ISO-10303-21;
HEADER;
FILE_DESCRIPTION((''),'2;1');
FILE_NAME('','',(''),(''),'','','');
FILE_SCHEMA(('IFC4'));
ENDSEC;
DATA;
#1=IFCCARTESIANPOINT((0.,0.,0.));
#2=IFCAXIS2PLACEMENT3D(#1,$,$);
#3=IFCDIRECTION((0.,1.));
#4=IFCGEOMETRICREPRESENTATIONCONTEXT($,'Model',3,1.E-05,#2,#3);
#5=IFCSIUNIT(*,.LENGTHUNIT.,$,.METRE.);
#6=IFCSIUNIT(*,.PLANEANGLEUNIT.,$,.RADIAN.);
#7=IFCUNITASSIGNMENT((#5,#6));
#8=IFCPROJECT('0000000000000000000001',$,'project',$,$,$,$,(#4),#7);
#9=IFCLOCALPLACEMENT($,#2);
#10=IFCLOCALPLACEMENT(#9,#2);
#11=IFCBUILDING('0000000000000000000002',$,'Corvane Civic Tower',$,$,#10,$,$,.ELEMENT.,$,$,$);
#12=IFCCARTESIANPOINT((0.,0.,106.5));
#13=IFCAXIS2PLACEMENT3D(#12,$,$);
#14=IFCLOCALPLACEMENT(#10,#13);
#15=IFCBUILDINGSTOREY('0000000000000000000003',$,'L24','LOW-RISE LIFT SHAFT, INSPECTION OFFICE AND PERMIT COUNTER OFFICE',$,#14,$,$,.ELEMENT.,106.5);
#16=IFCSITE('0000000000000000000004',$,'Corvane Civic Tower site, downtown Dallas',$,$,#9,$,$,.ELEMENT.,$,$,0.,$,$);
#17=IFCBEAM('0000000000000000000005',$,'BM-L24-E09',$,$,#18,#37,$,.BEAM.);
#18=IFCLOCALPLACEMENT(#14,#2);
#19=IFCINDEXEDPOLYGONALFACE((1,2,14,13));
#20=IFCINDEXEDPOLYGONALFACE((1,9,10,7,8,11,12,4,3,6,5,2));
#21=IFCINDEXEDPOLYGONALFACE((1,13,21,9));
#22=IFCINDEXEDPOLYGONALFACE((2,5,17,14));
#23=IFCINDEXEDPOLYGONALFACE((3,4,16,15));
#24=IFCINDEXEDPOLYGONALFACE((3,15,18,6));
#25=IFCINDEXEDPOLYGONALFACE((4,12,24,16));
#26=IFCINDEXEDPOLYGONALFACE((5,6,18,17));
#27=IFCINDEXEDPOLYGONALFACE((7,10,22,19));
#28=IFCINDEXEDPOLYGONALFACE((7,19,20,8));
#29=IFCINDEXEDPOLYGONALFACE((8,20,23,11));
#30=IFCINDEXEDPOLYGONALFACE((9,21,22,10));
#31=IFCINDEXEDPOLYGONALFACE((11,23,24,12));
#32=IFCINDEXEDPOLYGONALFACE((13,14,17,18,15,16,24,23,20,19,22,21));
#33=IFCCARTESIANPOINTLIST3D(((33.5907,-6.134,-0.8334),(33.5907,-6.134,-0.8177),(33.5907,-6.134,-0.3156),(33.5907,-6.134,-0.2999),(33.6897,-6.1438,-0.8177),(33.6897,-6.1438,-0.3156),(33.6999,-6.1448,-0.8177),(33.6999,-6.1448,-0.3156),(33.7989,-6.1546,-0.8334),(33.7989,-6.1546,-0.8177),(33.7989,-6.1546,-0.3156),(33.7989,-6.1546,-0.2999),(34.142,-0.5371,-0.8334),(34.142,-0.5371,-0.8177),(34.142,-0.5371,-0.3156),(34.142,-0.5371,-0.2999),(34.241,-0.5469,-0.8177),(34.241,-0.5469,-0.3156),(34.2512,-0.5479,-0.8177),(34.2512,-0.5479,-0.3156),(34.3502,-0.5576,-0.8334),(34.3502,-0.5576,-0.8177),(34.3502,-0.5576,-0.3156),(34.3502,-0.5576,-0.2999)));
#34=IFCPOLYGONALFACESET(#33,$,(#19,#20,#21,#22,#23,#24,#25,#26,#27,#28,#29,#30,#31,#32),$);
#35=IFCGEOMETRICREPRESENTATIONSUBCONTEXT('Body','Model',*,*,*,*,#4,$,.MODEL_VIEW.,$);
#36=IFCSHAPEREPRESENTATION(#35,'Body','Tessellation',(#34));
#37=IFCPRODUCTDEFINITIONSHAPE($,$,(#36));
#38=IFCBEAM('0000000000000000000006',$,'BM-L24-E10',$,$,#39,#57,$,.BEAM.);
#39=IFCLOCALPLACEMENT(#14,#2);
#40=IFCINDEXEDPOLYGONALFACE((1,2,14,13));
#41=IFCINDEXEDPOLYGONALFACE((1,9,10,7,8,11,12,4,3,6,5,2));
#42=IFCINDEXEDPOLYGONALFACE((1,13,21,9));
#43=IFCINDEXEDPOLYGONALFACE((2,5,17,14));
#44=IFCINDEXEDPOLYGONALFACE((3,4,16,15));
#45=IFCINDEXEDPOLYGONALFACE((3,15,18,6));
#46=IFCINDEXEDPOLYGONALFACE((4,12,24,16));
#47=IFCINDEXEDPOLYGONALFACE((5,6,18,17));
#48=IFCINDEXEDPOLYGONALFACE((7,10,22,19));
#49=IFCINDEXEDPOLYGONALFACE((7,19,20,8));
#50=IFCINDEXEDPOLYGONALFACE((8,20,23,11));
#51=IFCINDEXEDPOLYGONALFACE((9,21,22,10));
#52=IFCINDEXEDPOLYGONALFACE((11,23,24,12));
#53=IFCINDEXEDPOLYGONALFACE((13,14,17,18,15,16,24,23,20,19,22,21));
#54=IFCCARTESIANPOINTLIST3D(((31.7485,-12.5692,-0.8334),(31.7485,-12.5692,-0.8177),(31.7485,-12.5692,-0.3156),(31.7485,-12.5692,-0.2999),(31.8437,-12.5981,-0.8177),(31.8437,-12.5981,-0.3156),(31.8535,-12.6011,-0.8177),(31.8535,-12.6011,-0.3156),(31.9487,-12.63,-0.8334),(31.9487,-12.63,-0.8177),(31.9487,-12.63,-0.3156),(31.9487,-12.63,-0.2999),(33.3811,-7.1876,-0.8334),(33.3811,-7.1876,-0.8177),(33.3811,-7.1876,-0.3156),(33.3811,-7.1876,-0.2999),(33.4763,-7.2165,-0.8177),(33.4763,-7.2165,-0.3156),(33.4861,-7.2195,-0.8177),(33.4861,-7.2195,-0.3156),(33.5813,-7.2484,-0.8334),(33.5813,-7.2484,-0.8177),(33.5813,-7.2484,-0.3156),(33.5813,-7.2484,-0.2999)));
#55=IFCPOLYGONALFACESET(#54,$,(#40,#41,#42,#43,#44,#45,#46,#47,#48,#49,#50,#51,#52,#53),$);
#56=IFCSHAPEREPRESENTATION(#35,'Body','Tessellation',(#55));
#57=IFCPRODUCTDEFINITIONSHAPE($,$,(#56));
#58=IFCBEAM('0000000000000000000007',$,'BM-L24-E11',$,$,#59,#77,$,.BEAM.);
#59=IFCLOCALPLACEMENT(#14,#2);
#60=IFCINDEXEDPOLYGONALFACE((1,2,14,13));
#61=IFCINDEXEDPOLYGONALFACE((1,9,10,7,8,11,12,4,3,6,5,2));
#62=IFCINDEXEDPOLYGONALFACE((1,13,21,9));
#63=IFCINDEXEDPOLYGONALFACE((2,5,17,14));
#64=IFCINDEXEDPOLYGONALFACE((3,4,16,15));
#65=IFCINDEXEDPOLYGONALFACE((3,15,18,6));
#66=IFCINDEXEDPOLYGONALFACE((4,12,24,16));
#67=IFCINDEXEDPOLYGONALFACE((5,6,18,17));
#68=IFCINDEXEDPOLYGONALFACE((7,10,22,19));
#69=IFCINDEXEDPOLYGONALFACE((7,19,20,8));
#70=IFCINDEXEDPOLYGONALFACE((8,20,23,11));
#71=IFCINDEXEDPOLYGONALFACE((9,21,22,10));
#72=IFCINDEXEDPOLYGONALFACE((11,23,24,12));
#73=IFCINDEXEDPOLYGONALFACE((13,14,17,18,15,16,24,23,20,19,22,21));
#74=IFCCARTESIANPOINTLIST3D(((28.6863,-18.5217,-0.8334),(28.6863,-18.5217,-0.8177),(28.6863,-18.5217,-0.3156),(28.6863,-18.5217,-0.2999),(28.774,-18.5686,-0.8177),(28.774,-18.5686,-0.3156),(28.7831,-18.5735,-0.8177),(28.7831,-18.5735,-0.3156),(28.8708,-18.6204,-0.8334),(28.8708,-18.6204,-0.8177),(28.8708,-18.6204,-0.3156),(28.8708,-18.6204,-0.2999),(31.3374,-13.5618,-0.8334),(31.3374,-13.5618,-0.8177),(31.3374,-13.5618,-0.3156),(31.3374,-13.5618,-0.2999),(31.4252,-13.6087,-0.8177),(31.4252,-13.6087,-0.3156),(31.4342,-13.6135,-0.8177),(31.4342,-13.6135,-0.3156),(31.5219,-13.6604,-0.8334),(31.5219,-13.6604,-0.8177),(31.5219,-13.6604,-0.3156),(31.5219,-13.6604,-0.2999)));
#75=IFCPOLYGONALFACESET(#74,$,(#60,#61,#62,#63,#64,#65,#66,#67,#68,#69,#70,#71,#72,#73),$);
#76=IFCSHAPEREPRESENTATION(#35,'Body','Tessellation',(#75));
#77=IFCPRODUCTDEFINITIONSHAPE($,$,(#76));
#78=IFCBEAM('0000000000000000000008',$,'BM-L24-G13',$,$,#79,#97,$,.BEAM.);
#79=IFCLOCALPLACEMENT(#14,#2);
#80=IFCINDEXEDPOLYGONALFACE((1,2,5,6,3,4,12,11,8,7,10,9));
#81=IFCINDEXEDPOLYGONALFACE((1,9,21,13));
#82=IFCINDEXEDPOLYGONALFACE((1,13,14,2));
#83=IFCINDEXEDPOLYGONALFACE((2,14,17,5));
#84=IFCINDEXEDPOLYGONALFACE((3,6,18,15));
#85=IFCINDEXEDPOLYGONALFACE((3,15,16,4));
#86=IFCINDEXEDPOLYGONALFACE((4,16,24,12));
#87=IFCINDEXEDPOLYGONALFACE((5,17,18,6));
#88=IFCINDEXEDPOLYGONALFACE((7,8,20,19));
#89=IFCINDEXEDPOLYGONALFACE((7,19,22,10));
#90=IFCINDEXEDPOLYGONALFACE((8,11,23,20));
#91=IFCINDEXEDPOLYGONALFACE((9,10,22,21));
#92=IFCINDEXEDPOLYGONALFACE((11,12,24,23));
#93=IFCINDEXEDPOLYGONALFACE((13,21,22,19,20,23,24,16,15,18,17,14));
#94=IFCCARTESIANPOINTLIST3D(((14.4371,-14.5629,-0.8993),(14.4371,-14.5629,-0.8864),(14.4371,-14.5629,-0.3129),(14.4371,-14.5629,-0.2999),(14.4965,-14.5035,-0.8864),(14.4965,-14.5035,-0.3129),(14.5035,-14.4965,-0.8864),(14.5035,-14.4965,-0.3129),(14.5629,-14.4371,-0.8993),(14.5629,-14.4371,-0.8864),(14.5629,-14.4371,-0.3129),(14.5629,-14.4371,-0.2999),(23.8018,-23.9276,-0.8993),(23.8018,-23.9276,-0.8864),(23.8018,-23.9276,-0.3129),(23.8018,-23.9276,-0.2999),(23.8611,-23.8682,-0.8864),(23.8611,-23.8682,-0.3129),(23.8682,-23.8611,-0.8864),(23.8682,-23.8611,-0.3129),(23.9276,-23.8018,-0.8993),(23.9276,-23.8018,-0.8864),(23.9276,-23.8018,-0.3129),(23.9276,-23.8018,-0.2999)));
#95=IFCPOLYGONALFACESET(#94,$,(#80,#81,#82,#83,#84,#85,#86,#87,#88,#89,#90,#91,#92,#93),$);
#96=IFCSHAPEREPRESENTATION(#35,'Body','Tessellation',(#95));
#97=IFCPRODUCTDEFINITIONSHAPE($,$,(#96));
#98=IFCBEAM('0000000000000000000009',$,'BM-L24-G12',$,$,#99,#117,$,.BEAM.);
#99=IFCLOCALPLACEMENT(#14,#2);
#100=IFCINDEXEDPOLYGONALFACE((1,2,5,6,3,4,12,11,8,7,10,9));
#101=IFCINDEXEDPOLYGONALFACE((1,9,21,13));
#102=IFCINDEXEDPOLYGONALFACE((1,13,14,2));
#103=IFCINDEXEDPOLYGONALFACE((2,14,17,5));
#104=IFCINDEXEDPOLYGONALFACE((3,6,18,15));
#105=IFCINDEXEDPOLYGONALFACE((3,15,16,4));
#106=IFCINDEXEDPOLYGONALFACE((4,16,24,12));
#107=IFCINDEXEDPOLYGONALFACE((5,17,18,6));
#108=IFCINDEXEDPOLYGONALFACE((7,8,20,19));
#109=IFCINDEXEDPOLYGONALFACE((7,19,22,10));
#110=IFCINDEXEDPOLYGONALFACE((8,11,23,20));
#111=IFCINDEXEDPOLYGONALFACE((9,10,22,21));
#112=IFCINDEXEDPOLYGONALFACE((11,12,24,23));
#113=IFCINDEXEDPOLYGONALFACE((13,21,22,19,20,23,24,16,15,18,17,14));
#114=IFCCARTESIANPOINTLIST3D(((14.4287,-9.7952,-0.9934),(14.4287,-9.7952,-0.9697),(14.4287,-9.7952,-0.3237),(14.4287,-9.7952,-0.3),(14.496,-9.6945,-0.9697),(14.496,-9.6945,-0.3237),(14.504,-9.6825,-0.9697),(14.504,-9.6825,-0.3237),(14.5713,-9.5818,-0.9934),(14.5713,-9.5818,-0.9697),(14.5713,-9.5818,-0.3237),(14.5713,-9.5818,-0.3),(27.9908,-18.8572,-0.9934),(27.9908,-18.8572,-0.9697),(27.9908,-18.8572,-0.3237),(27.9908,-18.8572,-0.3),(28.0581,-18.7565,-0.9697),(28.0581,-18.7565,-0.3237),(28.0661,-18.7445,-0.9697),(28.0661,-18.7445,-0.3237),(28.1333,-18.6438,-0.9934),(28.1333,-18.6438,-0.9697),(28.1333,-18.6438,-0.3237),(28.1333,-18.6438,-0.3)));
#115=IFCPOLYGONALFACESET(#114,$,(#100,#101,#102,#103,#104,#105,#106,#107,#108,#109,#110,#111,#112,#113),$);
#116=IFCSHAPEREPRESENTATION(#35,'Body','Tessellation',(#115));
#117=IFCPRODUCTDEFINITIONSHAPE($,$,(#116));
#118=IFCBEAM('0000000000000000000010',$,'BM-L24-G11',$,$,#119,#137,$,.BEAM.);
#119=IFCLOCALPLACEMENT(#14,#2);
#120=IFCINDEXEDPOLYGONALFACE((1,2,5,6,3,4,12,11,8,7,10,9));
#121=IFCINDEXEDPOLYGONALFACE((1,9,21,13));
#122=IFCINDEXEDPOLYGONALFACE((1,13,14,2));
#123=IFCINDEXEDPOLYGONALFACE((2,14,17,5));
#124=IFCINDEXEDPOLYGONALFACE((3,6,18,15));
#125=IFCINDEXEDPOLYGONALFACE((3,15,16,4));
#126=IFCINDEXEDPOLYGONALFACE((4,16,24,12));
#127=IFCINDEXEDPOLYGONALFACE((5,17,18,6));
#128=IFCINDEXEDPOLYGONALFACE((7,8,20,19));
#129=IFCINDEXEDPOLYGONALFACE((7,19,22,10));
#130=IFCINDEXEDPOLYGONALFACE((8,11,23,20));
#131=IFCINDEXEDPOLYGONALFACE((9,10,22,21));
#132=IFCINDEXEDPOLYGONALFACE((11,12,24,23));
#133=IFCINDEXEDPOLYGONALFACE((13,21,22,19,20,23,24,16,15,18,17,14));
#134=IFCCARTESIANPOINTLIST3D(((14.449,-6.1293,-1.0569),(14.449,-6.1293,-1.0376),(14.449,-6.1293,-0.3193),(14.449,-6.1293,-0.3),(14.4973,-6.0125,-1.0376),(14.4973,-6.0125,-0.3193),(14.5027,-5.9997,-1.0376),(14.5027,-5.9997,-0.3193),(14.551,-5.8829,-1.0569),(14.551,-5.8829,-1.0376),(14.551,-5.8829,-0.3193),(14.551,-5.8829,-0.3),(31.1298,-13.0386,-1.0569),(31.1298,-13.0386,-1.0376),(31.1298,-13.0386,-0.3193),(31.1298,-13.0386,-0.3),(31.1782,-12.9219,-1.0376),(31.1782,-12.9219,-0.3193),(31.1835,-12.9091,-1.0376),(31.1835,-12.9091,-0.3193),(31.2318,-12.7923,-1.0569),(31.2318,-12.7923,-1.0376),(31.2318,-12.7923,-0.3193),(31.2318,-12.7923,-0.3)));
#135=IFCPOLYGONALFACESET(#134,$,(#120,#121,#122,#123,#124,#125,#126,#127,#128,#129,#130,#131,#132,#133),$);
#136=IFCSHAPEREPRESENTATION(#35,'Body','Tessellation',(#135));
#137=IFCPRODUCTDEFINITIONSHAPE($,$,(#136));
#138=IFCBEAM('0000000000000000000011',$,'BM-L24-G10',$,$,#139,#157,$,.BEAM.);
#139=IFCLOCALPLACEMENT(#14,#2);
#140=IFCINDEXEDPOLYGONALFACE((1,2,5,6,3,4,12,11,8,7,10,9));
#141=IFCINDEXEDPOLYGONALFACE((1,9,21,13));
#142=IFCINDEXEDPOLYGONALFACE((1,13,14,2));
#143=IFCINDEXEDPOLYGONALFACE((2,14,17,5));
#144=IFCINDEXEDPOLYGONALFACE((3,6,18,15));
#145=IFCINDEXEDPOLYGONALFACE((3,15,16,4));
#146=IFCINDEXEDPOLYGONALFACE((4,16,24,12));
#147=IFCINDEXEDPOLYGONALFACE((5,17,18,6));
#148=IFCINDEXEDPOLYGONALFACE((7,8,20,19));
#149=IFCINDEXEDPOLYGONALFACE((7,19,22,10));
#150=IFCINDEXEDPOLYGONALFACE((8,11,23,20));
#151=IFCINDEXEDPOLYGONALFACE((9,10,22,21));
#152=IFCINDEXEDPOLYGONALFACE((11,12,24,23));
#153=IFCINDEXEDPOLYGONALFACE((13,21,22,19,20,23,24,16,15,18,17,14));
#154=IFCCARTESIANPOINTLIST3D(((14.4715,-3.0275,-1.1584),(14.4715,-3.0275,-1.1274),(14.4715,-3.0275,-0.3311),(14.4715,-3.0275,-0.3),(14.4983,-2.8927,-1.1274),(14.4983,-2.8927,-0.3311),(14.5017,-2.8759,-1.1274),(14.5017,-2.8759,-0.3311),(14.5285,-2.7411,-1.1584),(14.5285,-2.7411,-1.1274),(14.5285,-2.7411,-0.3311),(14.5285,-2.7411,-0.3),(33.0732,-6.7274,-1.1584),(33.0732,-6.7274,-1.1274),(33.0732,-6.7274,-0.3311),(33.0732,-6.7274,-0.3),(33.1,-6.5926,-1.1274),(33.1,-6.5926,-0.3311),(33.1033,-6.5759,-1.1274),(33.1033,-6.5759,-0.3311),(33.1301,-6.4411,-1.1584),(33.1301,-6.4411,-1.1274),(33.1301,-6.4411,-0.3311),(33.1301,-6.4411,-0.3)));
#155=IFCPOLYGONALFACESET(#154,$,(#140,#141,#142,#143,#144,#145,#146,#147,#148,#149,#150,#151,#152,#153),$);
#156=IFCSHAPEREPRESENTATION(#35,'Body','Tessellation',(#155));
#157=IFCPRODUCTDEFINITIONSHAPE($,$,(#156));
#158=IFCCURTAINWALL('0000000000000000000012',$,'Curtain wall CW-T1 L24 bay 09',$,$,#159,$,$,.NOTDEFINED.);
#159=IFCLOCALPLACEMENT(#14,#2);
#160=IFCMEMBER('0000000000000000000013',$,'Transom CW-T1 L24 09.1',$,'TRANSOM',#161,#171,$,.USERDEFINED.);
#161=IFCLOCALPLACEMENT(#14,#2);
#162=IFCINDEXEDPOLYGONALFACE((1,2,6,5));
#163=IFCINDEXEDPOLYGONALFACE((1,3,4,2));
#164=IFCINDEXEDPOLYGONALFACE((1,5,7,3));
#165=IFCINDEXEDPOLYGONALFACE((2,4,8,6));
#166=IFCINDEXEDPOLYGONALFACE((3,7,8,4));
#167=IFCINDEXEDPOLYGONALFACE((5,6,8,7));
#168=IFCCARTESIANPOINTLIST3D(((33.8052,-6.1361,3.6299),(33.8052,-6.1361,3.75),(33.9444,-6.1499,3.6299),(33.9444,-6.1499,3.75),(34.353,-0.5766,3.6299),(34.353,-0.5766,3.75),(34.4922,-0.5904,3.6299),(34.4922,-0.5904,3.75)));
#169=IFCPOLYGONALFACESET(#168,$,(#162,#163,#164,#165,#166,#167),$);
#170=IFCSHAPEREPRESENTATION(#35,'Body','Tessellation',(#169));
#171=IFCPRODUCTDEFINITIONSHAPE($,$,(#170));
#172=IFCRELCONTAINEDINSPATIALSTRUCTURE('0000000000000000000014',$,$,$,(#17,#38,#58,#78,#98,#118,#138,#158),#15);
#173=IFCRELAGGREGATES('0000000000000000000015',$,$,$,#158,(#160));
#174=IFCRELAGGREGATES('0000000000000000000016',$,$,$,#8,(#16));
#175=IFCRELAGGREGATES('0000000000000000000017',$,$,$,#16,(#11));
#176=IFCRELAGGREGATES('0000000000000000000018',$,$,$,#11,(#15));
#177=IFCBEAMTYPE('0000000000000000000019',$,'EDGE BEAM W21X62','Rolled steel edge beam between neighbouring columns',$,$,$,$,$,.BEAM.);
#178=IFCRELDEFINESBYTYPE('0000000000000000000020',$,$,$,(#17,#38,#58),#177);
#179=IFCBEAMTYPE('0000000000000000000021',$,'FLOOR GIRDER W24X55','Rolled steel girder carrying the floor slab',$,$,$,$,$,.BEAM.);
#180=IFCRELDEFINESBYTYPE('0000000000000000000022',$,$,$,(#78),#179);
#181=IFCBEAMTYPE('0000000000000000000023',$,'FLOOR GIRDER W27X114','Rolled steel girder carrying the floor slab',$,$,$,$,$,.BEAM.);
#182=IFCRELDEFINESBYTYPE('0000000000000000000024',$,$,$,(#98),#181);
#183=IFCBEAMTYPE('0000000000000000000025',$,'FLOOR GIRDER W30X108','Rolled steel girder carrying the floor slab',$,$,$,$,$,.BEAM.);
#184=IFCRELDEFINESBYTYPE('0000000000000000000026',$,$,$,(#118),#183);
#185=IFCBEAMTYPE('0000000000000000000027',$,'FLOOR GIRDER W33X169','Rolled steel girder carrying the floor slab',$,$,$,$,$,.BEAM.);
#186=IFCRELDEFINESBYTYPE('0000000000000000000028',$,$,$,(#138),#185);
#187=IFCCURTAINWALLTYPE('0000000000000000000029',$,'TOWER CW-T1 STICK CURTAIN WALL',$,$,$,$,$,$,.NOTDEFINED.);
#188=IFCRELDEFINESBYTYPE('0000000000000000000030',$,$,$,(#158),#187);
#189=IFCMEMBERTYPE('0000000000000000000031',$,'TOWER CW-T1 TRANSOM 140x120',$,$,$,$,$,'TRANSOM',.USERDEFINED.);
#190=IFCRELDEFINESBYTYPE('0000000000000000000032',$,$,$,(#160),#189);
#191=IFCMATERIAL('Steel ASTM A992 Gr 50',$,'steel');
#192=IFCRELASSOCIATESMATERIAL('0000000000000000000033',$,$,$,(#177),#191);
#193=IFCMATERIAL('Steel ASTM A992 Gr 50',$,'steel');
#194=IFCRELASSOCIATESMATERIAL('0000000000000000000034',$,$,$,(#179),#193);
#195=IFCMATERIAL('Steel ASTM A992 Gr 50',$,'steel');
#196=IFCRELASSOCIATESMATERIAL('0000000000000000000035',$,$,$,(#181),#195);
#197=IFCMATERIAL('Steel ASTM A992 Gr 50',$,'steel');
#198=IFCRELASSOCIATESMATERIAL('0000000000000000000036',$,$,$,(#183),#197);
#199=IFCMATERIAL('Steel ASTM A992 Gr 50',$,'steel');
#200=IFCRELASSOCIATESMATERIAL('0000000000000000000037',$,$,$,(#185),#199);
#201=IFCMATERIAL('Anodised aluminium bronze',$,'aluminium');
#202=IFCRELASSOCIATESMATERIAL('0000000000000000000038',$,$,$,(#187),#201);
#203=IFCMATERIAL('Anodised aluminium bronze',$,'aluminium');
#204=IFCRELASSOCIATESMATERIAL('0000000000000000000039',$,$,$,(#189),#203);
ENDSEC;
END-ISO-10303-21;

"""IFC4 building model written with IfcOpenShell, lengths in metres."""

from ifc_helpers import new_model, si_unit, direction, frame, origin, origin_2d, place, context, subcontext, project, spatial, rectangle, i_section, extrude, material, material_profile, profile_set, type_object, element, aggregate, save


model = new_model("IFC4")

# Units and contexts
model_context = context("Model", 3, precision=1e-05, world=origin(), true_north=direction((0.0, 1.0)))
body_context = subcontext(model_context, "Body", "Model", "MODEL_VIEW")
ifc_project = project(units=[si_unit("LENGTHUNIT", "METRE"), si_unit("PLANEANGLEUNIT", "RADIAN")], contexts=[model_context])

# Site, building, storey
site_placement = place(None, origin())
site = spatial("IfcSite", under=ifc_project, at=site_placement, Name="Corvane Civic Tower site, downtown Dallas", CompositionType="ELEMENT", RefElevation=0.0)
building_placement = place(site_placement, origin())
building = spatial("IfcBuilding", under=site, at=building_placement, Name="Corvane Civic Tower", CompositionType="ELEMENT")
storey_placement = place(building_placement, frame((0.0, 0.0, 106.5)))
storey = spatial("IfcBuildingStorey", under=building, at=storey_placement, Name="L24", Description="LOW-RISE LIFT SHAFT, INSPECTION OFFICE AND PERMIT COUNTER OFFICE", CompositionType="ELEMENT", Elevation=106.5)

# Beams
ifc_material_1 = material(Name="Steel ASTM A992 Gr 50", Category="steel")
ifc_material_profile_1 = material_profile(ifc_material_1, i_section(OverallWidth=0.2092, OverallDepth=0.5334, WebThickness=0.0103, FlangeThickness=0.0156, at=origin_2d()), Name="W21X62")
ifc_profile_set_1 = profile_set([ifc_material_profile_1], Name="Steel ASTM A992 Gr 50")
beam_type_1 = type_object("IfcBeamType", Name="EDGE BEAM W21X62", Description="Rolled steel edge beam between neighbouring columns", PredefinedType="BEAM", material=ifc_profile_set_1)
beam_1_placement = place(storey_placement, frame((34.2461, -0.5474, -0.5667), z_axis=(-0.098021, -0.995184, 0.0), x_axis=(0.995184, -0.098021, 0.0)))
element("IfcBeam", 1, at=beam_1_placement, inside=storey, type_object=beam_type_1, Name="BM-L24-E09", PredefinedType="BEAM", context=body_context, shape_type="SweptSolid", body=[
    extrude(i_section(OverallWidth=0.2092, OverallDepth=0.5334, WebThickness=0.0103, FlangeThickness=0.0156, at=origin_2d()), origin(), (0.0, 0.0, 1.0), 5.624),
])
beam_2_placement = place(storey_placement, frame((33.4812, -7.218, -0.5667), z_axis=(-0.290298, -0.956936, 0.0), x_axis=(0.956936, -0.290298, 0.0)))
element("IfcBeam", 2, at=beam_2_placement, inside=storey, type_object=beam_type_1, Name="BM-L24-E10", PredefinedType="BEAM", context=body_context, shape_type="SweptSolid", body=[
    extrude(i_section(OverallWidth=0.2092, OverallDepth=0.5334, WebThickness=0.0103, FlangeThickness=0.0156, at=origin_2d()), origin(), (0.0, 0.0, 1.0), 5.6238),
])
beam_3_placement = place(storey_placement, frame((31.4297, -13.6111, -0.5667), z_axis=(-0.471392, -0.881924, 0.0), x_axis=(0.881924, -0.471392, 0.0)))
element("IfcBeam", 3, at=beam_3_placement, inside=storey, type_object=beam_type_1, Name="BM-L24-E11", PredefinedType="BEAM", context=body_context, shape_type="SweptSolid", body=[
    extrude(i_section(OverallWidth=0.2092, OverallDepth=0.5334, WebThickness=0.0103, FlangeThickness=0.0156, at=origin_2d()), origin(), (0.0, 0.0, 1.0), 5.624),
])
ifc_material_2 = material(Name="Steel ASTM A992 Gr 50", Category="steel")
ifc_material_profile_2 = material_profile(ifc_material_2, i_section(OverallWidth=0.178, OverallDepth=0.5994, WebThickness=0.01, FlangeThickness=0.0129, at=origin_2d()), Name="W24X55")
ifc_profile_set_2 = profile_set([ifc_material_profile_2], Name="Steel ASTM A992 Gr 50")
beam_type_2 = type_object("IfcBeamType", Name="FLOOR GIRDER W24X55", Description="Rolled steel girder carrying the floor slab", PredefinedType="BEAM", material=ifc_profile_set_2)
beam_4_placement = place(storey_placement, frame((14.5, -14.5, -0.5996), z_axis=(0.707107, -0.707107, 0.0), x_axis=(0.707107, 0.707107, 0.0)))
element("IfcBeam", 4, at=beam_4_placement, inside=storey, type_object=beam_type_2, Name="BM-L24-G13", PredefinedType="BEAM", context=body_context, shape_type="SweptSolid", body=[
    extrude(i_section(OverallWidth=0.178, OverallDepth=0.5994, WebThickness=0.01, FlangeThickness=0.0129, at=origin_2d()), origin(), (0.0, 0.0, 1.0), 13.2437),
])
ifc_material_3 = material(Name="Steel ASTM A992 Gr 50", Category="steel")
ifc_material_profile_3 = material_profile(ifc_material_3, i_section(OverallWidth=0.2566, OverallDepth=0.6934, WebThickness=0.0144, FlangeThickness=0.0237, at=origin_2d()), Name="W27X114")
ifc_profile_set_3 = profile_set([ifc_material_profile_3], Name="Steel ASTM A992 Gr 50")
beam_type_3 = type_object("IfcBeamType", Name="FLOOR GIRDER W27X114", Description="Rolled steel girder carrying the floor slab", PredefinedType="BEAM", material=ifc_profile_set_3)
beam_5_placement = place(storey_placement, frame((14.5, -9.6885, -0.6467), z_axis=(0.831465, -0.555577, 0.0), x_axis=(0.555577, 0.831465, 0.0)))
element("IfcBeam", 5, at=beam_5_placement, inside=storey, type_object=beam_type_3, Name="BM-L24-G12", PredefinedType="BEAM", context=body_context, shape_type="SweptSolid", body=[
    extrude(i_section(OverallWidth=0.2566, OverallDepth=0.6934, WebThickness=0.0144, FlangeThickness=0.0237, at=origin_2d()), origin(), (0.0, 0.0, 1.0), 16.311),
])
ifc_material_4 = material(Name="Steel ASTM A992 Gr 50", Category="steel")
ifc_material_profile_4 = material_profile(ifc_material_4, i_section(OverallWidth=0.2666, OverallDepth=0.7568, WebThickness=0.0139, FlangeThickness=0.0193, at=origin_2d()), Name="W30X108")
ifc_profile_set_4 = profile_set([ifc_material_profile_4], Name="Steel ASTM A992 Gr 50")
beam_type_4 = type_object("IfcBeamType", Name="FLOOR GIRDER W30X108", Description="Rolled steel girder carrying the floor slab", PredefinedType="BEAM", material=ifc_profile_set_4)
beam_6_placement = place(storey_placement, frame((14.5, -6.0061, -0.6785), z_axis=(0.92388, -0.382682, 0.0), x_axis=(0.382682, 0.92388, 0.0)))
element("IfcBeam", 6, at=beam_6_placement, inside=storey, type_object=beam_type_4, Name="BM-L24-G11", PredefinedType="BEAM", context=body_context, shape_type="SweptSolid", body=[
    extrude(i_section(OverallWidth=0.2666, OverallDepth=0.7568, WebThickness=0.0139, FlangeThickness=0.0193, at=origin_2d()), origin(), (0.0, 0.0, 1.0), 18.0552),
])
ifc_material_5 = material(Name="Steel ASTM A992 Gr 50", Category="steel")
ifc_material_profile_5 = material_profile(ifc_material_5, i_section(OverallWidth=0.292, OverallDepth=0.8584, WebThickness=0.0171, FlangeThickness=0.031, at=origin_2d()), Name="W33X169")
ifc_profile_set_5 = profile_set([ifc_material_profile_5], Name="Steel ASTM A992 Gr 50")
beam_type_5 = type_object("IfcBeamType", Name="FLOOR GIRDER W33X169", Description="Rolled steel girder carrying the floor slab", PredefinedType="BEAM", material=ifc_profile_set_5)
beam_7_placement = place(storey_placement, frame((14.5, -2.8843, -0.7292), z_axis=(0.980787, -0.195084, 0.0), x_axis=(0.195084, 0.980787, 0.0)))
element("IfcBeam", 7, at=beam_7_placement, inside=storey, type_object=beam_type_5, Name="BM-L24-G10", PredefinedType="BEAM", context=body_context, shape_type="SweptSolid", body=[
    extrude(i_section(OverallWidth=0.292, OverallDepth=0.8584, WebThickness=0.0171, FlangeThickness=0.031, at=origin_2d()), origin(), (0.0, 0.0, 1.0), 18.9661),
])

# Curtain wall, member
ifc_material_6 = material(Name="Anodised aluminium bronze", Category="aluminium")
curtain_wall_type = type_object("IfcCurtainWallType", Name="TOWER CW-T1 STICK CURTAIN WALL", PredefinedType="NOTDEFINED", material=ifc_material_6)
curtain_wall_1_placement = place(storey_placement, origin())
curtain_wall_1 = element("IfcCurtainWall", 8, at=curtain_wall_1_placement, inside=storey, type_object=curtain_wall_type, Name="Curtain wall CW-T1 L24 bay 09", PredefinedType="NOTDEFINED")
ifc_material_7 = material(Name="Anodised aluminium bronze", Category="aluminium")
ifc_material_profile_6 = material_profile(ifc_material_7, rectangle(XDim=0.1399, YDim=0.1201, at=origin_2d()), Name="TOWER CW-T1 TRANSOM 140x120")
ifc_profile_set_6 = profile_set([ifc_material_profile_6], Name="Anodised aluminium bronze")
member_type = type_object("IfcMemberType", Name="TOWER CW-T1 TRANSOM 140x120", ElementType="TRANSOM", PredefinedType="USERDEFINED", material=ifc_profile_set_6)
member_1_placement = place(storey_placement, frame((34.4226, -0.5835, 3.6899), z_axis=(-0.098067, -0.99518, 0.0), x_axis=(0.99518, -0.098067, 0.0)))
member_1 = element("IfcMember", 9, at=member_1_placement, type_object=member_type, Name="Transom CW-T1 L24 09.1", ObjectType="TRANSOM", PredefinedType="USERDEFINED", context=body_context, shape_type="SweptSolid", body=[
    extrude(rectangle(XDim=0.1399, YDim=0.1201, at=origin_2d()), origin(), (0.0, 0.0, 1.0), 5.5864),
])

aggregate(curtain_wall_1, [member_1])

save(model, "model.ifc")
